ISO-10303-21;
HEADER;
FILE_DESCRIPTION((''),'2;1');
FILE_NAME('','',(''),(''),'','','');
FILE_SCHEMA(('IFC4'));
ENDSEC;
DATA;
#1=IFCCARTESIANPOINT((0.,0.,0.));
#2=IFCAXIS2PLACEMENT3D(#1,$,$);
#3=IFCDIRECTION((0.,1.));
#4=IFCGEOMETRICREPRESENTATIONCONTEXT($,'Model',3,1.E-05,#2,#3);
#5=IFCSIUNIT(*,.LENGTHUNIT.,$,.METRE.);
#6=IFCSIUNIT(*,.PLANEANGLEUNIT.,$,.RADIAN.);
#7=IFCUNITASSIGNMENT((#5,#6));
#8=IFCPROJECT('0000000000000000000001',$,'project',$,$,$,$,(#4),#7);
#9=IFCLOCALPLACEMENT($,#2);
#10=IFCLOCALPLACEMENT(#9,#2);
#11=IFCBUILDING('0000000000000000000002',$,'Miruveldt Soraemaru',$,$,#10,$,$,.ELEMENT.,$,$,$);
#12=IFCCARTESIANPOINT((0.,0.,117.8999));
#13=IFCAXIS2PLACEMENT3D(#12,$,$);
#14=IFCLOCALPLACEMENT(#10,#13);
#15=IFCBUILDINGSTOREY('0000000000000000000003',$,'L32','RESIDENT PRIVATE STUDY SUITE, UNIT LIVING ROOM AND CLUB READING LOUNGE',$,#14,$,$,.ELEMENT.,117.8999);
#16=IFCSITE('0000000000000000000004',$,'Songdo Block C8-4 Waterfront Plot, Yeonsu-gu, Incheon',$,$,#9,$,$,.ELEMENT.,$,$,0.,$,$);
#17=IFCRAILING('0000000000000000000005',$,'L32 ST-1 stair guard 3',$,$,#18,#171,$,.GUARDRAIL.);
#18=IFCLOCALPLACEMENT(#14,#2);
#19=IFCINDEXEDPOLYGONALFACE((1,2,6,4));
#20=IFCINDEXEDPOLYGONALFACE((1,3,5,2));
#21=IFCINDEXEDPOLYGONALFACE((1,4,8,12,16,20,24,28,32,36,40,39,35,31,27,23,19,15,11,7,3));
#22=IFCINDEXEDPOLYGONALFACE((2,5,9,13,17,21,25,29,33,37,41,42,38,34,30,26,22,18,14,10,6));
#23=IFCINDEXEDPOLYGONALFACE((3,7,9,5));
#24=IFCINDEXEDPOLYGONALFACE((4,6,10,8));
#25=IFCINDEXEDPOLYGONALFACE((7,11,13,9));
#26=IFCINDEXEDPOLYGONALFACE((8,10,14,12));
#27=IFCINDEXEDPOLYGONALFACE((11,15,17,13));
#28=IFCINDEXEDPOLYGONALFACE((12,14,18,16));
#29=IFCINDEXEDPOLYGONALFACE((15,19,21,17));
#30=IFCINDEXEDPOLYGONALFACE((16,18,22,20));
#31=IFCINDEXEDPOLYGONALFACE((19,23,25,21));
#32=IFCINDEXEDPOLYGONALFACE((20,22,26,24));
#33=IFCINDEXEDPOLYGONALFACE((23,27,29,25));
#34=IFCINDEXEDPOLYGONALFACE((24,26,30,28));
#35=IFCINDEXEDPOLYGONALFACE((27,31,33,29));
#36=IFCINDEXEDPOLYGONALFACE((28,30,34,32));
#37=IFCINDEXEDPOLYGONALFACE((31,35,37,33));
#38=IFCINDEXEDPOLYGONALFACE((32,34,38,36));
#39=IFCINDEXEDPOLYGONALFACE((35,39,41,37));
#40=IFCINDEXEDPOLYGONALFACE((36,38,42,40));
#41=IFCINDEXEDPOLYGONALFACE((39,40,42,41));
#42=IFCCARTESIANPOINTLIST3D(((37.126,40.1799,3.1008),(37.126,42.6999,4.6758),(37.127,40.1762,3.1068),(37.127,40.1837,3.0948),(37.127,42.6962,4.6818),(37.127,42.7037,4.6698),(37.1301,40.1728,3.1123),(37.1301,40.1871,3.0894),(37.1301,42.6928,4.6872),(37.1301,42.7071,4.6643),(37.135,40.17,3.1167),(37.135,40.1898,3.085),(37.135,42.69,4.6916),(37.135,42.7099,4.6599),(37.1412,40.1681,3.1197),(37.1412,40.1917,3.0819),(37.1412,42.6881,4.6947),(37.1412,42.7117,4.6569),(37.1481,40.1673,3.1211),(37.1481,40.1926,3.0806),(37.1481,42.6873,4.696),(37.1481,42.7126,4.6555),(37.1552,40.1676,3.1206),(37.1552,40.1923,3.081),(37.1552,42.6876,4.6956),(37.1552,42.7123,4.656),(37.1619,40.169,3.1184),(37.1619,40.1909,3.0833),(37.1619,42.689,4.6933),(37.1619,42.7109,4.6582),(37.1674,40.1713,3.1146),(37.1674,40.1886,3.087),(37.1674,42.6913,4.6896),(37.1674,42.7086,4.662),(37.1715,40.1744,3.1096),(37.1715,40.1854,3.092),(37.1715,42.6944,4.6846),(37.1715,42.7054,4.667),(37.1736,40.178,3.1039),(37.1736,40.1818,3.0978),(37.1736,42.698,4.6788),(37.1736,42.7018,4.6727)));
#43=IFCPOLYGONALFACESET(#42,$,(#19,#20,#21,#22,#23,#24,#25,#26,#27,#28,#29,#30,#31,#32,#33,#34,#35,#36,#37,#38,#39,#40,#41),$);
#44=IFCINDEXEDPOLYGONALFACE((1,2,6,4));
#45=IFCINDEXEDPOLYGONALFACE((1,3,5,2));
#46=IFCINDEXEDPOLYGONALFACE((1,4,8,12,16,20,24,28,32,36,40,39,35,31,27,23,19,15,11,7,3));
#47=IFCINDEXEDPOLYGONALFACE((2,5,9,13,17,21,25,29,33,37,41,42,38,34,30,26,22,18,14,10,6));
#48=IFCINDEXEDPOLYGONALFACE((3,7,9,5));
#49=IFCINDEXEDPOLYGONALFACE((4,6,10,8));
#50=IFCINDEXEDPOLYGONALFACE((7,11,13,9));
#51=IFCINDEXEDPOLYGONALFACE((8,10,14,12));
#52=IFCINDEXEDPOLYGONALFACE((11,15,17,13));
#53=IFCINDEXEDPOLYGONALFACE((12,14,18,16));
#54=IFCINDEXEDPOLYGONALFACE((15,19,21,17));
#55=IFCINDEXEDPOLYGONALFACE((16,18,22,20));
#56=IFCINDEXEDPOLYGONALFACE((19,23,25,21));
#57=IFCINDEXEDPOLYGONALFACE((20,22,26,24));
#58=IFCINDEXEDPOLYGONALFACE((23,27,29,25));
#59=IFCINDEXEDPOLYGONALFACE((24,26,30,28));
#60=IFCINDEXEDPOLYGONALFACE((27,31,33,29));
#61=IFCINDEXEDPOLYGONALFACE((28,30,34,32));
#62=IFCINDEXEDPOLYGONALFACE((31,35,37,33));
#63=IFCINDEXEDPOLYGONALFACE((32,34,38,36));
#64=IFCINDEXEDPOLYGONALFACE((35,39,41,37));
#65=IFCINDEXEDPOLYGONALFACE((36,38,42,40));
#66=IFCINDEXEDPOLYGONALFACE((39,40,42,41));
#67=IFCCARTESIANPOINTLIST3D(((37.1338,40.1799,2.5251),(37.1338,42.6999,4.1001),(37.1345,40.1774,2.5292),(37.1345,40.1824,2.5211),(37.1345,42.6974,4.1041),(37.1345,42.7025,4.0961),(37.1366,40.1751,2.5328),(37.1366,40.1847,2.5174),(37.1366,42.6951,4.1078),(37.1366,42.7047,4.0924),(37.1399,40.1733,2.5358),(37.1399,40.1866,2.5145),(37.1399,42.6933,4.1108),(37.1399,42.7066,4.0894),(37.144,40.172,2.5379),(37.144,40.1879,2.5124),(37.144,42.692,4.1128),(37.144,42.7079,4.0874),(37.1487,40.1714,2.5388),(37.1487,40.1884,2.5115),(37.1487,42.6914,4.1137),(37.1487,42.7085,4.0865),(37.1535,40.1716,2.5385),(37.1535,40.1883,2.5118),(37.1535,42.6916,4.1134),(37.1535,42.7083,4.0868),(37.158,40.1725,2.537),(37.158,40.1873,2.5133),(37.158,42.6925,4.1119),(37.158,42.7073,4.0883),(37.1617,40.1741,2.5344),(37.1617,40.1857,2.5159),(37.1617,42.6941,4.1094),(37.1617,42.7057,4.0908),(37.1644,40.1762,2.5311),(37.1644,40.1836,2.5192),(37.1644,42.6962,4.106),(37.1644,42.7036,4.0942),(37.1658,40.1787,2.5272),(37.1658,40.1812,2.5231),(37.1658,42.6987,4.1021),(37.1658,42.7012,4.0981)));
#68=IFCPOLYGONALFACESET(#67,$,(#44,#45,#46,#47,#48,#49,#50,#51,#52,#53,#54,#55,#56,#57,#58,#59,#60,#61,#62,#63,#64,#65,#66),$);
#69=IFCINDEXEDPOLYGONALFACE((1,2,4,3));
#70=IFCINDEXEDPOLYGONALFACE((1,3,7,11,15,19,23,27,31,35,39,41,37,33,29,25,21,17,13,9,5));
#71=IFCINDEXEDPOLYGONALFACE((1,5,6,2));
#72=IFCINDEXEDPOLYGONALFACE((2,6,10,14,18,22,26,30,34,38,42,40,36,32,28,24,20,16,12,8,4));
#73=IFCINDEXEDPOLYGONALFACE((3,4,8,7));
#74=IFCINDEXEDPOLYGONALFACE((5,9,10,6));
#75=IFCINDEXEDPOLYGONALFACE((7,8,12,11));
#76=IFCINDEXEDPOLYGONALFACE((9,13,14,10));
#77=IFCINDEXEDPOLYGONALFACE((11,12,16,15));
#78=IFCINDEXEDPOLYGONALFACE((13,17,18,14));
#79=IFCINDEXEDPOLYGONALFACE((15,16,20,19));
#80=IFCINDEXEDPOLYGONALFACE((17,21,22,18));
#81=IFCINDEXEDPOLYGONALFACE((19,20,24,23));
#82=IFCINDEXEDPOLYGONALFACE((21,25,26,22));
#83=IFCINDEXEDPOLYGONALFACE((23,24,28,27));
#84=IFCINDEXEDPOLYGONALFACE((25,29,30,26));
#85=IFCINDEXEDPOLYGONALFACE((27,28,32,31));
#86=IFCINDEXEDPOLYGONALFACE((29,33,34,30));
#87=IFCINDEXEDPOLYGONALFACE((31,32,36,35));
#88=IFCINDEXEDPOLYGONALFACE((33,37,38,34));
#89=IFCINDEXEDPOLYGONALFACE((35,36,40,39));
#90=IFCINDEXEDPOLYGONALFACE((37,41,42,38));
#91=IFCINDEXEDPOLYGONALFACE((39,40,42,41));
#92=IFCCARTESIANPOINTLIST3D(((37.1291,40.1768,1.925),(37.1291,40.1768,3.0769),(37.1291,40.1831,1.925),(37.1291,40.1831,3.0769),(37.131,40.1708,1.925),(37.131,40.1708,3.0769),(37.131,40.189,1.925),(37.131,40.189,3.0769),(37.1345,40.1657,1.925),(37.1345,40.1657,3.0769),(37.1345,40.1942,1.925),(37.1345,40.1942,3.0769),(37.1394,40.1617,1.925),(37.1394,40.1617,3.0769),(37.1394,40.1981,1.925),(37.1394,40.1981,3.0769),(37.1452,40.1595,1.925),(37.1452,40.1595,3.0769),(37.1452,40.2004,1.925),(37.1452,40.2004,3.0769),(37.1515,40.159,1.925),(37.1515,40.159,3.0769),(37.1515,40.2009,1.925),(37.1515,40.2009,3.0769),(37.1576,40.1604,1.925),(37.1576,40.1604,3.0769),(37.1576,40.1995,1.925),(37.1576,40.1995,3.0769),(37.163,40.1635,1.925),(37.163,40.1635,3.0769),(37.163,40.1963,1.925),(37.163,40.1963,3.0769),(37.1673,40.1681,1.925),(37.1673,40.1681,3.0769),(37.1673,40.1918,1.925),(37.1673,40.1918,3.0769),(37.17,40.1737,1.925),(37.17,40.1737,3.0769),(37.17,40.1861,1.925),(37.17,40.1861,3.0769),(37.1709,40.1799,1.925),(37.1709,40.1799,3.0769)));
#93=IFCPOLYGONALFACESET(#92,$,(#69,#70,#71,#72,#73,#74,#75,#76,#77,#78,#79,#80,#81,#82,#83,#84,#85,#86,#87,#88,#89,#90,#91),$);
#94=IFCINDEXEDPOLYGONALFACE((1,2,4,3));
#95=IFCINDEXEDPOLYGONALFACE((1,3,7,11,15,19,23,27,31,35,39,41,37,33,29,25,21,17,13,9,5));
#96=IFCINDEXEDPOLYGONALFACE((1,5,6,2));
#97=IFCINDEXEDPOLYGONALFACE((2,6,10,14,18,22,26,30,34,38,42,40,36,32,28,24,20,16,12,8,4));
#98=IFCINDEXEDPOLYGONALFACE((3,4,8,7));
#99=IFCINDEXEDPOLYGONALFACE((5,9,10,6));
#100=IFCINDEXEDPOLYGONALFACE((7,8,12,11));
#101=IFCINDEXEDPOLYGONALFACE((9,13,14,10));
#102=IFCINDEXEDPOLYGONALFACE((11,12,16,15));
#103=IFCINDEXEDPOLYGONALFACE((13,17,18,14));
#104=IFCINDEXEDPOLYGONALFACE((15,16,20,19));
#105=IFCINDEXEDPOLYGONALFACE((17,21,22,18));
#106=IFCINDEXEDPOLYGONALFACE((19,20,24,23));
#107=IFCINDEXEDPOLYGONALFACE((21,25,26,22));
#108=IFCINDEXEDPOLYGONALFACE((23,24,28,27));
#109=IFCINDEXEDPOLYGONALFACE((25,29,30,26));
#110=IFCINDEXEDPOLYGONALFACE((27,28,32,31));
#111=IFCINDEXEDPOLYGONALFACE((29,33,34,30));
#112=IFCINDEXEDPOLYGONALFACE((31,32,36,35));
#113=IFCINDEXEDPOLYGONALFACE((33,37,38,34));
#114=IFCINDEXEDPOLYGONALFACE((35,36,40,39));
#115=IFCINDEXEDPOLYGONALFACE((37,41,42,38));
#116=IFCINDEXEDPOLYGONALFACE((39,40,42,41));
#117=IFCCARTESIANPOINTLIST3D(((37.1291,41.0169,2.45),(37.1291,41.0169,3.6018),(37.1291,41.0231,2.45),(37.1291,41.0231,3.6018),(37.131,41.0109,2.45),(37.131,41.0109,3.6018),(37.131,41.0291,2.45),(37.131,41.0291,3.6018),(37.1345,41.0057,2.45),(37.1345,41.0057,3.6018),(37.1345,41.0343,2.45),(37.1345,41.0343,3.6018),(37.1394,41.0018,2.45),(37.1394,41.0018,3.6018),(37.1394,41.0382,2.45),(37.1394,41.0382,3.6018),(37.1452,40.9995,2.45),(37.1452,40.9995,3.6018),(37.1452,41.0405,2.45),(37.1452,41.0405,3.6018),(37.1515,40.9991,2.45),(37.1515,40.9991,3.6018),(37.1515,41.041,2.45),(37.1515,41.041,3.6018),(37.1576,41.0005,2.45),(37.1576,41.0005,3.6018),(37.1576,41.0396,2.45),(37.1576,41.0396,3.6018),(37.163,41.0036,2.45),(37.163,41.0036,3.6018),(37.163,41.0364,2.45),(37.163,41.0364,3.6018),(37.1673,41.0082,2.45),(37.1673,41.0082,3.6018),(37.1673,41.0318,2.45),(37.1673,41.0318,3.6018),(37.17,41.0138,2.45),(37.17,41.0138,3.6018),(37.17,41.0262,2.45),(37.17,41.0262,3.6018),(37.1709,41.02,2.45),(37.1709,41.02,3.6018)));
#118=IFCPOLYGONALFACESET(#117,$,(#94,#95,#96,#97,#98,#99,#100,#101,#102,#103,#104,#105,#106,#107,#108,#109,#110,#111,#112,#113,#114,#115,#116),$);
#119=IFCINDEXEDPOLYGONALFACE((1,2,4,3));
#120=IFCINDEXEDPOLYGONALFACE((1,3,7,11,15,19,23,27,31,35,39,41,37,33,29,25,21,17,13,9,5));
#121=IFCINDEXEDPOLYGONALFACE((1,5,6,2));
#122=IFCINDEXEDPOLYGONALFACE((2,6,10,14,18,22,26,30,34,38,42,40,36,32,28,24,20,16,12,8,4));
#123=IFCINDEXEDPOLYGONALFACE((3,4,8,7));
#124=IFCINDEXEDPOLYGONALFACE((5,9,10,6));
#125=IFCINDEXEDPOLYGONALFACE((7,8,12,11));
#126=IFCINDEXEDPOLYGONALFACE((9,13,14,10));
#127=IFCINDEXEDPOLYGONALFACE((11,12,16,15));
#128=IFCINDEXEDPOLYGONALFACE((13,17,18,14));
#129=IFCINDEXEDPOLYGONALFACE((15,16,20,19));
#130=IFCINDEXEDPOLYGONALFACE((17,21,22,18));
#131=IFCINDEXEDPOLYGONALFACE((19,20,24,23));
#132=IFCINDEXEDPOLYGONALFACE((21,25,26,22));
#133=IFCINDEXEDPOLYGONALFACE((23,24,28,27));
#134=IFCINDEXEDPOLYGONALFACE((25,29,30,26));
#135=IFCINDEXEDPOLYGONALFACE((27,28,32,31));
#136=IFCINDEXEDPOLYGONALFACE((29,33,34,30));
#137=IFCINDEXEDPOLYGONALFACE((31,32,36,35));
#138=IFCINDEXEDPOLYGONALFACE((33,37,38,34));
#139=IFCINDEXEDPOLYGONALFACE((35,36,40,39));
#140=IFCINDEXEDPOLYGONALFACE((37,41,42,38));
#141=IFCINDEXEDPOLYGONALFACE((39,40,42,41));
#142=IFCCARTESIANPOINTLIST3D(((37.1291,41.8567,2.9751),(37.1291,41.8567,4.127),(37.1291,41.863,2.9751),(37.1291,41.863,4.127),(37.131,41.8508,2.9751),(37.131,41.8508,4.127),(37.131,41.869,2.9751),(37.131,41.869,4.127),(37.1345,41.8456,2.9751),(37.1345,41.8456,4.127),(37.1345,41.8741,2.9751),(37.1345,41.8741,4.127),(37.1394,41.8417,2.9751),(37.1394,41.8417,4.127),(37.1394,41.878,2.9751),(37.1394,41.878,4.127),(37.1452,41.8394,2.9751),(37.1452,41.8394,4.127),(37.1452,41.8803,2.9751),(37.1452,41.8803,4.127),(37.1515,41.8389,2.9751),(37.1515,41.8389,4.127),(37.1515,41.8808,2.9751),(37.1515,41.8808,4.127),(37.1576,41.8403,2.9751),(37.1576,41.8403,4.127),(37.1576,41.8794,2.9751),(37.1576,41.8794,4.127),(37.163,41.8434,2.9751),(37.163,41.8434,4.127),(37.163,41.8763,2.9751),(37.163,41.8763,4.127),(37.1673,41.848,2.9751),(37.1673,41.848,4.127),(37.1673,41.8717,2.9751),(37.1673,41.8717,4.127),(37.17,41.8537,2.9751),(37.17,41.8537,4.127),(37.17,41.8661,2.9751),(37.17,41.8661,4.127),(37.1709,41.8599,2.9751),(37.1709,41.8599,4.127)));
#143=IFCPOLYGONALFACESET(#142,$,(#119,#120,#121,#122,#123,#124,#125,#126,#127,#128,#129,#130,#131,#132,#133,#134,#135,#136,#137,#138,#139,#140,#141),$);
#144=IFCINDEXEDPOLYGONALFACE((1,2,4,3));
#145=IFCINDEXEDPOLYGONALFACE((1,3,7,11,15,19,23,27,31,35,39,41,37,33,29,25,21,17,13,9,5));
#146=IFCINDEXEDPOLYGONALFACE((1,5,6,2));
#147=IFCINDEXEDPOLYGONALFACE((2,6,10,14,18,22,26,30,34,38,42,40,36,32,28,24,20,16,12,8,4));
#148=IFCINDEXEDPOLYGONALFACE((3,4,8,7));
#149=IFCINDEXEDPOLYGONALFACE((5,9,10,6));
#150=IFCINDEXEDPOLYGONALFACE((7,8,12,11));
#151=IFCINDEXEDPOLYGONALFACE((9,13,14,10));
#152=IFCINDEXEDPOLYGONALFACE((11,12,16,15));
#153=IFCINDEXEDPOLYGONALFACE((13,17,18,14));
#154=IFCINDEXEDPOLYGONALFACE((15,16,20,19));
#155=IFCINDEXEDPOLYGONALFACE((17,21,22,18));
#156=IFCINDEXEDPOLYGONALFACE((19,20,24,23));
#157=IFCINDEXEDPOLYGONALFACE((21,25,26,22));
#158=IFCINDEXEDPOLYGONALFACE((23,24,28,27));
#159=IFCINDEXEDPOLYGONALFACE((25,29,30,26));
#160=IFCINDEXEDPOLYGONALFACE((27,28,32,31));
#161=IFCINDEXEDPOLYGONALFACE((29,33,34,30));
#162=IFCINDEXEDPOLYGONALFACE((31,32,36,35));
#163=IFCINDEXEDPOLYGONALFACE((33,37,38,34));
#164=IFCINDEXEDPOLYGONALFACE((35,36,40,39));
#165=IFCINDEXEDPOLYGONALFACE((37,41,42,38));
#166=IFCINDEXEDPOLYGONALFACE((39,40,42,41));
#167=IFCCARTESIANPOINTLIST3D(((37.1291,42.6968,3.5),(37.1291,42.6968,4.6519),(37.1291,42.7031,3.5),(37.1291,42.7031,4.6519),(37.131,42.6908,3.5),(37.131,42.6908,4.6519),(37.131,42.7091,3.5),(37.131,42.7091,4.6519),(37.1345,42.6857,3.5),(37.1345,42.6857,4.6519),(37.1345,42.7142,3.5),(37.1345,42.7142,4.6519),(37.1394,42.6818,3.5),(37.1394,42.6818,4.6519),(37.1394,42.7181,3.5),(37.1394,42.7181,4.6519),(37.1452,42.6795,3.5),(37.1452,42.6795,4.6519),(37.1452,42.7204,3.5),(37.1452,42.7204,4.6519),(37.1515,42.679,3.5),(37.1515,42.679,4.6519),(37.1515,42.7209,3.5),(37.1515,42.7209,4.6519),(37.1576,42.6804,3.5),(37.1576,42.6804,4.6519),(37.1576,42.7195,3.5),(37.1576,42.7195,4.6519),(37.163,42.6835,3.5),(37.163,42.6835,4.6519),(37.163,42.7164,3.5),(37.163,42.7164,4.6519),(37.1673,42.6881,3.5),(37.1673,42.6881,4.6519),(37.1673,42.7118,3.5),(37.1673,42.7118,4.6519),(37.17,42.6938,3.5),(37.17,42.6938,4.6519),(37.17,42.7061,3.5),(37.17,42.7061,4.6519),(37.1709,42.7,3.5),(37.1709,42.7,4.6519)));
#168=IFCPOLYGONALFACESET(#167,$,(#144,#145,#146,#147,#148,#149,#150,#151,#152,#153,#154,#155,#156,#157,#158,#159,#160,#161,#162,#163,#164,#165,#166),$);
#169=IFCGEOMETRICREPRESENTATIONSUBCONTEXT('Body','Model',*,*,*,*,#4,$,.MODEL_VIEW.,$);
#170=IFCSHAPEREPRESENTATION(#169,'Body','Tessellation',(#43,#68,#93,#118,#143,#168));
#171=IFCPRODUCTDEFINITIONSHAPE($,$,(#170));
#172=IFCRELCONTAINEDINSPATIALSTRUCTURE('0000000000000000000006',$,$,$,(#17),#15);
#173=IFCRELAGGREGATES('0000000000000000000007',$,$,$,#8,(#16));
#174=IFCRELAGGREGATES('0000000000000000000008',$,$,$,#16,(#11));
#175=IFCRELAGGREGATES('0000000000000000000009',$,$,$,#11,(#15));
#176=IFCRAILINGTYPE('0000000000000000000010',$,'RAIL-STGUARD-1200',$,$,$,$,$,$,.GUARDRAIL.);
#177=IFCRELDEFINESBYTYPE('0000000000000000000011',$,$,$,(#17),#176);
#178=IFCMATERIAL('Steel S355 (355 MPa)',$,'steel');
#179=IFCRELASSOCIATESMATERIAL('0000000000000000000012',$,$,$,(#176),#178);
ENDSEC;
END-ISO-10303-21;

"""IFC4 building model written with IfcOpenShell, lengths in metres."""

from ifc_helpers import new_model, si_unit, direction, frame, origin, origin_2d, place, context, subcontext, project, spatial, circle, extrude, material, type_object, element, save


model = new_model("IFC4")

# Units and contexts
model_context = context("Model", 3, precision=1e-05, world=origin(), true_north=direction((0.0, 1.0)))
body_context = subcontext(model_context, "Body", "Model", "MODEL_VIEW")
ifc_project = project(units=[si_unit("LENGTHUNIT", "METRE"), si_unit("PLANEANGLEUNIT", "RADIAN")], contexts=[model_context])

# Site, building, storey
site_placement = place(None, origin())
site = spatial("IfcSite", under=ifc_project, at=site_placement, Name="Songdo Block C8-4 Waterfront Plot, Yeonsu-gu, Incheon", CompositionType="ELEMENT", RefElevation=0.0)
building_placement = place(site_placement, origin())
building = spatial("IfcBuilding", under=site, at=building_placement, Name="Miruveldt Soraemaru", CompositionType="ELEMENT")
storey_placement = place(building_placement, frame((0.0, 0.0, 117.8999)))
storey = spatial("IfcBuildingStorey", under=building, at=storey_placement, Name="L32", Description="RESIDENT PRIVATE STUDY SUITE, UNIT LIVING ROOM AND CLUB READING LOUNGE", CompositionType="ELEMENT", Elevation=117.8999)

# Railing
ifc_material_1 = material(Name="Steel S355 (355 MPa)", Category="steel")
railing_type_1 = type_object("IfcRailingType", Name="RAIL-STGUARD-1200", PredefinedType="GUARDRAIL", material=ifc_material_1)
railing_1_placement = place(storey_placement, frame((37.1499, 40.1799, 1.925)))
element("IfcRailing", 1, at=railing_1_placement, inside=storey, type_object=railing_type_1, Name="L32 ST-1 stair guard 3", PredefinedType="GUARDRAIL", context=body_context, shape_type="SweptSolid", body=[
    extrude(circle(Radius=0.0239, at=origin_2d()), frame((0.0, 0.0, 1.1758), z_axis=(0.0, 0.848008, 0.529984), x_axis=(-1.0, 0.0, 0.0)), (0.0, 0.0, 1.0), 2.9717),
    extrude(circle(Radius=0.0161, at=origin_2d()), frame((0.0, 0.0, 0.6001), z_axis=(0.0, 0.848008, 0.529984), x_axis=(-1.0, 0.0, 0.0)), (0.0, 0.0, 1.0), 2.9717),
    extrude(circle(Radius=0.021, at=origin_2d()), origin(), (0.0, 0.0, 1.0), 1.1519),
    extrude(circle(Radius=0.021, at=origin_2d()), frame((0.0, 0.8401, 0.5249)), (0.0, 0.0, 1.0), 1.1519),
    extrude(circle(Radius=0.021, at=origin_2d()), frame((0.0, 1.6799, 1.05)), (0.0, 0.0, 1.0), 1.1519),
    extrude(circle(Radius=0.021, at=origin_2d()), frame((0.0, 2.52, 1.575)), (0.0, 0.0, 1.0), 1.1519),
])

save(model, "model.ifc")
